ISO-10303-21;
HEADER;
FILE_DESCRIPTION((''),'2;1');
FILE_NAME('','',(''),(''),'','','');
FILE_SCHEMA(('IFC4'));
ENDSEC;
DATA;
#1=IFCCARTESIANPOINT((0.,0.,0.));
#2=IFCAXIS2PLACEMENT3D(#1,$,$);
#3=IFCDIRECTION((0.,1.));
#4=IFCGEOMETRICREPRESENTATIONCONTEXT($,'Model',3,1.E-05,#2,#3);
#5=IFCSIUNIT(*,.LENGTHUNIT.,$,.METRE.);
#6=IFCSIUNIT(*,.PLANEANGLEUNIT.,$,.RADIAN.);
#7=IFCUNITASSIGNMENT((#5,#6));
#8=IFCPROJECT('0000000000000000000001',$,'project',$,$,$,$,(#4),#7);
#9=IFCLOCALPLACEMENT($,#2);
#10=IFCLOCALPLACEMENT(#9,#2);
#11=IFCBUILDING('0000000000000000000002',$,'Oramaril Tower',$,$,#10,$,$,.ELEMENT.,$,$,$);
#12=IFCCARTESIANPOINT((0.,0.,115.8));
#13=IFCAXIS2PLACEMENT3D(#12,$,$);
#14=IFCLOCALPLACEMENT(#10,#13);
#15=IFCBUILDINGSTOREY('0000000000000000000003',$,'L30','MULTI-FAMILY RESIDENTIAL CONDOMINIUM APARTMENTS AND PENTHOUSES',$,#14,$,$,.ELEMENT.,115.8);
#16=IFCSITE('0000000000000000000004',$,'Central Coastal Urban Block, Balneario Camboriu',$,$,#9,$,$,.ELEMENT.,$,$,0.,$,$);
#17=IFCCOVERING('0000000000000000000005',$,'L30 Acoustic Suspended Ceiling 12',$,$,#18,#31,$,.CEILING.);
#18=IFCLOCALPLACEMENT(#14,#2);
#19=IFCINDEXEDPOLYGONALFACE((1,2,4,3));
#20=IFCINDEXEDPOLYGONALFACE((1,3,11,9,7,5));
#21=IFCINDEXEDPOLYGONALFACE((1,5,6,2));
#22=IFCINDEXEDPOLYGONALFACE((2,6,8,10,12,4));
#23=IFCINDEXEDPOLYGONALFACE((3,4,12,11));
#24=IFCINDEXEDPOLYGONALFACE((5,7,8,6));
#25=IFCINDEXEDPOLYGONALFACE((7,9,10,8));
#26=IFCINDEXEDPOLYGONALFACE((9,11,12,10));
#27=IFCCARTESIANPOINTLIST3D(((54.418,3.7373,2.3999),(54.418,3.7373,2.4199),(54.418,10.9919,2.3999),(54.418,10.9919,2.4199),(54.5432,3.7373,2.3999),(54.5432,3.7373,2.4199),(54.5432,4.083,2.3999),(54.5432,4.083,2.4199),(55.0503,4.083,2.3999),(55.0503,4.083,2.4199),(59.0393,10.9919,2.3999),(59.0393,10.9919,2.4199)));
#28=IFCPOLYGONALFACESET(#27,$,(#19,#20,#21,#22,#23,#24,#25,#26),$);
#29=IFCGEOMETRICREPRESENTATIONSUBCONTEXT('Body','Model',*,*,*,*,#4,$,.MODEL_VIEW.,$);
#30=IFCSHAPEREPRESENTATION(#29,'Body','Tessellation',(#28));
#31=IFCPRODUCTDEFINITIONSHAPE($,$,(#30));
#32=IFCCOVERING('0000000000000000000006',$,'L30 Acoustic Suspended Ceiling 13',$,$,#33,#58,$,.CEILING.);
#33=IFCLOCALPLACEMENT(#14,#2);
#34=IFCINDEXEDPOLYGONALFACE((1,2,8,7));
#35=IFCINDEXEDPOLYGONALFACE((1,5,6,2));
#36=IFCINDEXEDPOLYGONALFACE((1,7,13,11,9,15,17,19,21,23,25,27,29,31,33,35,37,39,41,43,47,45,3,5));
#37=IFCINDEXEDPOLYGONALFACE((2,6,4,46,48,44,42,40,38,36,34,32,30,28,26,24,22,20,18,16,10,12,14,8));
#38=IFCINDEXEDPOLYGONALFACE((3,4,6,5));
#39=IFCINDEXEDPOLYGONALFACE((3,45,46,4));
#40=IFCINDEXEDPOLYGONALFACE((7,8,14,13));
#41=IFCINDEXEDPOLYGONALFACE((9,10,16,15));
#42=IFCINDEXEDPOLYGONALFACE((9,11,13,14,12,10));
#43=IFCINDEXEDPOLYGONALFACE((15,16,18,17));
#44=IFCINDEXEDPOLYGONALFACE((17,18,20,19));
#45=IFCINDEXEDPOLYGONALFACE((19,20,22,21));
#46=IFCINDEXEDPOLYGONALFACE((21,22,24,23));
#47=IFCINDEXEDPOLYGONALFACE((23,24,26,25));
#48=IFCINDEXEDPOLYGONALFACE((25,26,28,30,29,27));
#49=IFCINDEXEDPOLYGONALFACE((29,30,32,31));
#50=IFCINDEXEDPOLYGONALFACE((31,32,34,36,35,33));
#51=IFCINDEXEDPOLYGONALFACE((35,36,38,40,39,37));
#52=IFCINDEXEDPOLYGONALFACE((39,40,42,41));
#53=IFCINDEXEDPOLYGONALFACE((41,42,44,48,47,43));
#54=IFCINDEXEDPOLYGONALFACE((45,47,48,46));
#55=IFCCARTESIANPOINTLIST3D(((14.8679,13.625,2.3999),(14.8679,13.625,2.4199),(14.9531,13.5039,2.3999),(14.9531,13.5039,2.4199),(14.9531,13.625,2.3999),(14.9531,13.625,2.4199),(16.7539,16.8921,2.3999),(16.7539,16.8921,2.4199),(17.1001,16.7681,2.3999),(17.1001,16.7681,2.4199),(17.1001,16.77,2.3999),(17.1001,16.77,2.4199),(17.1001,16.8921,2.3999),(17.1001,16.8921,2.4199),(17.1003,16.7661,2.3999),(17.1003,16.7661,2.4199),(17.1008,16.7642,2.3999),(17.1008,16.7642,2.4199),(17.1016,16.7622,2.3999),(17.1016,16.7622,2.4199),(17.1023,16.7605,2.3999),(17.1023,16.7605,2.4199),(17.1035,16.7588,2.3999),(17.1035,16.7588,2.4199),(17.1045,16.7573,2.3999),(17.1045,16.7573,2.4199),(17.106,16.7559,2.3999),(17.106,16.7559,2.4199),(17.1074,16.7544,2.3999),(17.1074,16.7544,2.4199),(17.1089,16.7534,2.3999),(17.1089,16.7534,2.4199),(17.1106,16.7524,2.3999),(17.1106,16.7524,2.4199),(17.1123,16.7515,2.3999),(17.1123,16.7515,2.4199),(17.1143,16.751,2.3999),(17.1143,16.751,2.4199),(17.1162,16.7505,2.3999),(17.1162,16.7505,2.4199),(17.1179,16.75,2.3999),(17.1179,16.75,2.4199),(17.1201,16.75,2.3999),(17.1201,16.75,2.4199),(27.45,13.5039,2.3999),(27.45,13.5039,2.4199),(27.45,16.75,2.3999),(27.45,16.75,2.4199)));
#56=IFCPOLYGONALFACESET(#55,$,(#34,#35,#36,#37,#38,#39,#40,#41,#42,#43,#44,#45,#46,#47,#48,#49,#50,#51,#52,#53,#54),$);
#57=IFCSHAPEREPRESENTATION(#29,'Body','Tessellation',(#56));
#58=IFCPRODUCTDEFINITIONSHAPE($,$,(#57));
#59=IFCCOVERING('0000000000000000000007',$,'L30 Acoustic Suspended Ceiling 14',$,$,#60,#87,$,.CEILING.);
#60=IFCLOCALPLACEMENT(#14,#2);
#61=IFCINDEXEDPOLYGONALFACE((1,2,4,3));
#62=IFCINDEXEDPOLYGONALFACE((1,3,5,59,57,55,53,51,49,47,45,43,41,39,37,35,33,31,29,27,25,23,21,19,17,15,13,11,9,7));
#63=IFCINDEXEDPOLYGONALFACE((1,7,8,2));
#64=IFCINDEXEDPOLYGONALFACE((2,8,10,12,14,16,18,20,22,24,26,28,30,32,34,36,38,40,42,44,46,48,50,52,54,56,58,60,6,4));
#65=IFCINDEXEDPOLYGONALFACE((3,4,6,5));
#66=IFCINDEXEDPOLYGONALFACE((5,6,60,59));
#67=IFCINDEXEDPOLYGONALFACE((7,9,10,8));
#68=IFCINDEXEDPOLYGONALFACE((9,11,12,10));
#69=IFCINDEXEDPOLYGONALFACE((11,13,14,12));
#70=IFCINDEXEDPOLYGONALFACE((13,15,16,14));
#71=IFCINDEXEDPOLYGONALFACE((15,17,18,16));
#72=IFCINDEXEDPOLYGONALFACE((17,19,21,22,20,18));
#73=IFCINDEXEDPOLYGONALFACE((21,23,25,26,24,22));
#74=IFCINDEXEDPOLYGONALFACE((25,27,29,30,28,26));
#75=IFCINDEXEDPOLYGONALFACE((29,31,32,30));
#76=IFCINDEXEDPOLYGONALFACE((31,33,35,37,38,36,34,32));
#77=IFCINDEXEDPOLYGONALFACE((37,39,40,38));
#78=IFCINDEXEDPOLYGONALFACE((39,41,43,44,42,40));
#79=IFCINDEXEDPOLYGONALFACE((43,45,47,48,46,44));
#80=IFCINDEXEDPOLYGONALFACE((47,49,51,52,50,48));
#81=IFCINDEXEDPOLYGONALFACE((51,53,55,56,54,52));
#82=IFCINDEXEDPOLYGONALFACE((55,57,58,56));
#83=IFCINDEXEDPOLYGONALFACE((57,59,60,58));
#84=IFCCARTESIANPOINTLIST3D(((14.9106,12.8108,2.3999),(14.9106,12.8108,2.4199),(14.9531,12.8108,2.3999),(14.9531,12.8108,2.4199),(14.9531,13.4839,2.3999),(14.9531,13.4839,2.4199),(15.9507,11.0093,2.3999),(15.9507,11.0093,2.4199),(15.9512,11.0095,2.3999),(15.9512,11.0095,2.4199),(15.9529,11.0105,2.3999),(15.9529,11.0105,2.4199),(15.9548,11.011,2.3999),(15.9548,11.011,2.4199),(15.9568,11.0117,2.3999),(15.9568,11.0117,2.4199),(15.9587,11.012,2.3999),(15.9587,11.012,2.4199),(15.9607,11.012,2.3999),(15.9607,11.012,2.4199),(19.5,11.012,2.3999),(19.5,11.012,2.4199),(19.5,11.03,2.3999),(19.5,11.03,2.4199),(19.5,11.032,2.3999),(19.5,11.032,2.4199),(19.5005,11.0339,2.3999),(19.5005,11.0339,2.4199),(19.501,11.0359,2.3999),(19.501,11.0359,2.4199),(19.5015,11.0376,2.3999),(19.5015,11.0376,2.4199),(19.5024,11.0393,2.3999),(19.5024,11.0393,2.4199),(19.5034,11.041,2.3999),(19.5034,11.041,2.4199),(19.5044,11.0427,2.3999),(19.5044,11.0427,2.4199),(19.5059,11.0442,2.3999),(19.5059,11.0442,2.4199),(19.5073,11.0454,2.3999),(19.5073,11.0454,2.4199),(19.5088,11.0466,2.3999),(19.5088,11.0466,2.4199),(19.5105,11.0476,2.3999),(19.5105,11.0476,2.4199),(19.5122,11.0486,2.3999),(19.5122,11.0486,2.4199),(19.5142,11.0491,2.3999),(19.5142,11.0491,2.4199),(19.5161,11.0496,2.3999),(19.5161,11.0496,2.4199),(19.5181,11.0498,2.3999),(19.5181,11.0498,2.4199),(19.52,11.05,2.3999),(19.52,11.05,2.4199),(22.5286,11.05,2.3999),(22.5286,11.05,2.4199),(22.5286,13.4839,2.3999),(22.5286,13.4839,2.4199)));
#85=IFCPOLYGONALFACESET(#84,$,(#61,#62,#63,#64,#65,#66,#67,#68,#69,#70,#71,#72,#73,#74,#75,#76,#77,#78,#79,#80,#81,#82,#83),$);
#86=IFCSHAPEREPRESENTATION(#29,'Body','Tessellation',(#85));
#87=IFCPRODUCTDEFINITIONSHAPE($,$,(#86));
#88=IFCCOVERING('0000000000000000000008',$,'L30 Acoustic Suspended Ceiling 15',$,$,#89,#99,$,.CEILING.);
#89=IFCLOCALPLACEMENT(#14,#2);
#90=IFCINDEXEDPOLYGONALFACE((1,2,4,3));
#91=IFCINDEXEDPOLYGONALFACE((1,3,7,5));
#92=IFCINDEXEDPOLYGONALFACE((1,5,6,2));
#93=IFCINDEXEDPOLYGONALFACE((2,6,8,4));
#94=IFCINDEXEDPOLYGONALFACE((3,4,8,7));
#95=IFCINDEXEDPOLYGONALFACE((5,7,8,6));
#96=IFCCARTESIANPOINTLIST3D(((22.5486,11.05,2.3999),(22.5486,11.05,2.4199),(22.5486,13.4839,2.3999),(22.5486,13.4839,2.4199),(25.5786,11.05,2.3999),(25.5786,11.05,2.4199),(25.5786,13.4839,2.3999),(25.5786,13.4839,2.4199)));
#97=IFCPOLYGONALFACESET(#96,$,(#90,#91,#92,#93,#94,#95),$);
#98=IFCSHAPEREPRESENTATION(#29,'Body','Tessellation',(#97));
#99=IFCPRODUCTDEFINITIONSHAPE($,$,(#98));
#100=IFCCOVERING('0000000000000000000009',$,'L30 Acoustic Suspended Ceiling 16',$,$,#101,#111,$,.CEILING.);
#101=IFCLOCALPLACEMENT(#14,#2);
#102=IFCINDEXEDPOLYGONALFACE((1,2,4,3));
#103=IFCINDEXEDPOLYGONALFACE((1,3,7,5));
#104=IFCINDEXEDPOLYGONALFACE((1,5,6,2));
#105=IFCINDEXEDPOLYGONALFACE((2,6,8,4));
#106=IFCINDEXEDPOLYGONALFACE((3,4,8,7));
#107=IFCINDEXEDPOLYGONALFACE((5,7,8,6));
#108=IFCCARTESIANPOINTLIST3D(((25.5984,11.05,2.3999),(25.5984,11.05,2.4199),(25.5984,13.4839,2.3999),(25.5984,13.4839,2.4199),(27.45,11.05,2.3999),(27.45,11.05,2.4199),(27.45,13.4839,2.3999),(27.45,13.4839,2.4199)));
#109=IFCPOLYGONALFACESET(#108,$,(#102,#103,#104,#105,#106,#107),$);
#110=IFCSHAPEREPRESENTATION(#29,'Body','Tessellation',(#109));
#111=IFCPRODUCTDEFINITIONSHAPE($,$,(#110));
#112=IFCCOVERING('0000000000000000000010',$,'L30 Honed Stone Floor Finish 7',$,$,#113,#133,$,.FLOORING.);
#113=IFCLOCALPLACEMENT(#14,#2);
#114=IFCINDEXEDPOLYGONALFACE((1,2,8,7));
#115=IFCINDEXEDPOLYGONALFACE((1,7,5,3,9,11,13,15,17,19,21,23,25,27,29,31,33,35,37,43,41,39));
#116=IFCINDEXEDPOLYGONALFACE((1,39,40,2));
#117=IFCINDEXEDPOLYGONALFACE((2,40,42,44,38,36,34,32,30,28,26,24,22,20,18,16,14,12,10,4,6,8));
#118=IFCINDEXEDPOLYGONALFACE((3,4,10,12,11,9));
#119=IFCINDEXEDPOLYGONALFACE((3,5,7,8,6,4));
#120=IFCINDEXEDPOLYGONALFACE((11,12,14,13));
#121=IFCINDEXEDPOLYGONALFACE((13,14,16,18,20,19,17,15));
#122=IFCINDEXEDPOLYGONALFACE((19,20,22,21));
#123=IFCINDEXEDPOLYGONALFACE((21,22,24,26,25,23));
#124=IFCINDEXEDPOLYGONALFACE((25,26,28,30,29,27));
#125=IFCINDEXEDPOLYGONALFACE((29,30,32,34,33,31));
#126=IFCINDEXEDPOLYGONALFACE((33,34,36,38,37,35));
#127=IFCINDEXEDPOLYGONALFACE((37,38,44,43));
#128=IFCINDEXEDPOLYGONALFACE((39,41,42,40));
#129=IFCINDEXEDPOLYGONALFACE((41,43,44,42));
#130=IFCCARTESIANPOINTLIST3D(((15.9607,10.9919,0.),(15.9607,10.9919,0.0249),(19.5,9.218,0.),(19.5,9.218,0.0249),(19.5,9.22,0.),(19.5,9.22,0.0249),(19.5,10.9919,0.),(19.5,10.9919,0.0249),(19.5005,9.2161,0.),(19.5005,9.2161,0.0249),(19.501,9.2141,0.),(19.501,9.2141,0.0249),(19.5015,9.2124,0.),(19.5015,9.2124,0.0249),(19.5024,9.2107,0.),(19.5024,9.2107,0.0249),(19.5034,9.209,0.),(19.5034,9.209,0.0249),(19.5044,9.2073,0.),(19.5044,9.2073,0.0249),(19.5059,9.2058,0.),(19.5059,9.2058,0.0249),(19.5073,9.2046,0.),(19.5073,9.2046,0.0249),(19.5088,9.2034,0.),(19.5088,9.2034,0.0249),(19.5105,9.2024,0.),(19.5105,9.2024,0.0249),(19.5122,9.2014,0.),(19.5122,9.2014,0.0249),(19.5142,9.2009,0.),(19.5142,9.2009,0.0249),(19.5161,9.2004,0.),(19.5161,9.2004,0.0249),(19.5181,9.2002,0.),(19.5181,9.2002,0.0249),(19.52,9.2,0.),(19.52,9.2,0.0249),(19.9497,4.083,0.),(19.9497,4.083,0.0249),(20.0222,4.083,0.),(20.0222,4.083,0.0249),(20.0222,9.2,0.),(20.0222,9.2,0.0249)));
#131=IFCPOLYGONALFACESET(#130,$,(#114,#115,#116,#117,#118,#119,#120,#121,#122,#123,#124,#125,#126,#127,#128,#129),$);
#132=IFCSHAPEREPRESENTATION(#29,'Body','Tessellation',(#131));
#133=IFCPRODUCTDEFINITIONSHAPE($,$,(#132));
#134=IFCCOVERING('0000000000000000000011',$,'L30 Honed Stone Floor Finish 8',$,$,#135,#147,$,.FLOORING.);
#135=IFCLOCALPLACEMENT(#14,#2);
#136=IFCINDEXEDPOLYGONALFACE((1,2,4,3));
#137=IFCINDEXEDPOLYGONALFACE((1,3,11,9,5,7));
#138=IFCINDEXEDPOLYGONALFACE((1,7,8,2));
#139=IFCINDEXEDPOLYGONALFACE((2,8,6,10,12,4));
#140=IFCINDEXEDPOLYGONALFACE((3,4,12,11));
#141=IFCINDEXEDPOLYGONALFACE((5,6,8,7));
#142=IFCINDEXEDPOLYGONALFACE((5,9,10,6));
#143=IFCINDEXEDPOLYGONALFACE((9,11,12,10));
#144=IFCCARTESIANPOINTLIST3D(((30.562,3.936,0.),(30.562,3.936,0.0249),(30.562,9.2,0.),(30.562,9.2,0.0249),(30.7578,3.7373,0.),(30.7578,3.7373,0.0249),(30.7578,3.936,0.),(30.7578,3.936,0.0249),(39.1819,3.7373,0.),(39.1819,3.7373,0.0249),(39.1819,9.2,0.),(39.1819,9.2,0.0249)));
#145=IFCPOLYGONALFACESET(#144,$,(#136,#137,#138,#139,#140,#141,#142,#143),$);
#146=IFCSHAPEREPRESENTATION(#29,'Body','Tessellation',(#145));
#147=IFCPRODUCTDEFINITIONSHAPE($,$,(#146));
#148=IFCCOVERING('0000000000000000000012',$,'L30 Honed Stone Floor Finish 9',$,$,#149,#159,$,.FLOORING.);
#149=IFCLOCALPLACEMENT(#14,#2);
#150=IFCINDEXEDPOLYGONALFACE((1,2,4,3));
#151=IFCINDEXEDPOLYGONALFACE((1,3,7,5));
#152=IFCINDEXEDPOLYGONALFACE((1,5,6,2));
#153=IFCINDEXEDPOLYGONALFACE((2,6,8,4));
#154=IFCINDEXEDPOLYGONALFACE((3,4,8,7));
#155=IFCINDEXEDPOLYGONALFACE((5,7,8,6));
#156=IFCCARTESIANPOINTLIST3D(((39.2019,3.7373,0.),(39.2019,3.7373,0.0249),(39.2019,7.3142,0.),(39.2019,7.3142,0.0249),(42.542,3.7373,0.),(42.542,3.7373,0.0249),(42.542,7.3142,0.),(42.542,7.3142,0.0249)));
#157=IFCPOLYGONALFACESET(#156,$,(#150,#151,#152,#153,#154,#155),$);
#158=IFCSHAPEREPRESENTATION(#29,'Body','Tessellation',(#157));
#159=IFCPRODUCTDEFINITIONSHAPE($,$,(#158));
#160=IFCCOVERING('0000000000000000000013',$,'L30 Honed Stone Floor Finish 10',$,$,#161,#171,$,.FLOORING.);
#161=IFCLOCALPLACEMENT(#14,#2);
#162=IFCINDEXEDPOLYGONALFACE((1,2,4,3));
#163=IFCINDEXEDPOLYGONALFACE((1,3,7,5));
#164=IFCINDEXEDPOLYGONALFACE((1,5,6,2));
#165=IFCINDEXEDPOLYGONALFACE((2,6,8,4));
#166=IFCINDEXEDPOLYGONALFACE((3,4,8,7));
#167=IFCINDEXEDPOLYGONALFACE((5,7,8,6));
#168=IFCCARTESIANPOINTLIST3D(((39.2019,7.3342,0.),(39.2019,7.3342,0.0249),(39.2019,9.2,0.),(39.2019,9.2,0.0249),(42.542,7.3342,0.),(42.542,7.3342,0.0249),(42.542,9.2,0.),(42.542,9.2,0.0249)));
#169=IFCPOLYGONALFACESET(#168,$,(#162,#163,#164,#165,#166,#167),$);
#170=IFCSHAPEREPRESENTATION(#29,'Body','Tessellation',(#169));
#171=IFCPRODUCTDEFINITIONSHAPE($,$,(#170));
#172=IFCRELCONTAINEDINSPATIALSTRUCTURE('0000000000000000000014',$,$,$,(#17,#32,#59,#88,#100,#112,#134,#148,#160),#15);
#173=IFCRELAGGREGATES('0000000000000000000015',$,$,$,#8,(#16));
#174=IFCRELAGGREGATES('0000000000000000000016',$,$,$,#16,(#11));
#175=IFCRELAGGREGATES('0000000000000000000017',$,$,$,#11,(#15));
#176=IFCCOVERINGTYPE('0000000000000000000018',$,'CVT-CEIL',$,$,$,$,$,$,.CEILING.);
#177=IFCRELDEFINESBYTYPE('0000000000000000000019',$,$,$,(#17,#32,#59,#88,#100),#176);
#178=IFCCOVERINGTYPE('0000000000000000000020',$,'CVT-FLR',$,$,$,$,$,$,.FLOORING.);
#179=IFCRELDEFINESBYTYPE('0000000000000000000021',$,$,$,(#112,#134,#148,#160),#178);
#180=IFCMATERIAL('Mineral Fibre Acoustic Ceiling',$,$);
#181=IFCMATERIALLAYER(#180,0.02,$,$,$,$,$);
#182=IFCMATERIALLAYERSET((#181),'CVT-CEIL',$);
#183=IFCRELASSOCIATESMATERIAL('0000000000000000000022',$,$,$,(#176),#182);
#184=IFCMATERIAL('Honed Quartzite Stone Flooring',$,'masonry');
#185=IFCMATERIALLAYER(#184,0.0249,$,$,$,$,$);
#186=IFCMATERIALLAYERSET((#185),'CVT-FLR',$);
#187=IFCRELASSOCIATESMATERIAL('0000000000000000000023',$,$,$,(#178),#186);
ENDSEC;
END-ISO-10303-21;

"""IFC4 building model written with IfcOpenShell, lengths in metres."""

from ifc_helpers import new_model, si_unit, direction, frame, origin, place, context, subcontext, project, spatial, polyline, outline, extrude, material, layer, layer_set, type_object, element, save


model = new_model("IFC4")

# Units and contexts
model_context = context("Model", 3, precision=1e-05, world=origin(), true_north=direction((0.0, 1.0)))
body_context = subcontext(model_context, "Body", "Model", "MODEL_VIEW")
ifc_project = project(units=[si_unit("LENGTHUNIT", "METRE"), si_unit("PLANEANGLEUNIT", "RADIAN")], contexts=[model_context])

# Site, building, storey
site_placement = place(None, origin())
site = spatial("IfcSite", under=ifc_project, at=site_placement, Name="Central Coastal Urban Block, Balneario Camboriu", CompositionType="ELEMENT", RefElevation=0.0)
building_placement = place(site_placement, origin())
building = spatial("IfcBuilding", under=site, at=building_placement, Name="Oramaril Tower", CompositionType="ELEMENT")
storey_placement = place(building_placement, frame((0.0, 0.0, 115.8)))
storey = spatial("IfcBuildingStorey", under=building, at=storey_placement, Name="L30", Description="MULTI-FAMILY RESIDENTIAL CONDOMINIUM APARTMENTS AND PENTHOUSES", CompositionType="ELEMENT", Elevation=115.8)

# Coverings
ifc_material_1 = material(Name="Mineral Fibre Acoustic Ceiling")
ifc_layer_1 = layer(ifc_material_1, 0.02)
ifc_layer_set_1 = layer_set([ifc_layer_1], Name="CVT-CEIL")
covering_type_1 = type_object("IfcCoveringType", Name="CVT-CEIL", PredefinedType="CEILING", material=ifc_layer_set_1)
covering_1_placement = place(storey_placement, frame((0.0, 0.0, 2.3999)))
element("IfcCovering", 1, at=covering_1_placement, inside=storey, type_object=covering_type_1, Name="L30 Acoustic Suspended Ceiling 12", PredefinedType="CEILING", context=body_context, shape_type="SweptSolid", body=[
    extrude(outline(polyline([(54.5432, 4.083), (54.5432, 3.7373), (54.418, 3.7373), (54.418, 10.9919), (59.0393, 10.9919), (55.0503, 4.083), (54.5432, 4.083)])), origin(), (0.0, 0.0, 1.0), 0.02),
])
covering_2_placement = place(storey_placement, frame((0.0, 0.0, 2.3999)))
element("IfcCovering", 2, at=covering_2_placement, inside=storey, type_object=covering_type_1, Name="L30 Acoustic Suspended Ceiling 13", PredefinedType="CEILING", context=body_context, shape_type="SweptSolid", body=[
    extrude(outline(polyline([(14.9531, 13.5039), (14.9531, 13.625), (14.8679, 13.625), (16.7539, 16.8921), (17.1001, 16.8921), (17.1001, 16.77), (17.1001, 16.7681), (17.1003, 16.7661), (17.1008, 16.7642), (17.1016, 16.7622), (17.1023, 16.7605), (17.1035, 16.7588), (17.1045, 16.7573), (17.106, 16.7559), (17.1074, 16.7544), (17.1089, 16.7534), (17.1106, 16.7524), (17.1123, 16.7515), (17.1143, 16.751), (17.1162, 16.7505), (17.1179, 16.75), (17.1201, 16.75), (27.45, 16.75), (27.45, 13.5039), (14.9531, 13.5039)])), origin(), (0.0, 0.0, 1.0), 0.02),
])
covering_3_placement = place(storey_placement, frame((0.0, 0.0, 2.3999)))
element("IfcCovering", 3, at=covering_3_placement, inside=storey, type_object=covering_type_1, Name="L30 Acoustic Suspended Ceiling 14", PredefinedType="CEILING", context=body_context, shape_type="SweptSolid", body=[
    extrude(outline(polyline([(14.9106, 12.8108), (14.9531, 12.8108), (14.9531, 13.4839), (22.5286, 13.4839), (22.5286, 11.05), (19.52, 11.05), (19.5181, 11.0498), (19.5161, 11.0496), (19.5142, 11.0491), (19.5122, 11.0486), (19.5105, 11.0476), (19.5088, 11.0466), (19.5073, 11.0454), (19.5059, 11.0442), (19.5044, 11.0427), (19.5034, 11.041), (19.5024, 11.0393), (19.5015, 11.0376), (19.501, 11.0359), (19.5005, 11.0339), (19.5, 11.032), (19.5, 11.03), (19.5, 11.012), (15.9607, 11.012), (15.9587, 11.012), (15.9568, 11.0117), (15.9548, 11.011), (15.9529, 11.0105), (15.9512, 11.0095), (15.9507, 11.0093), (14.9106, 12.8108)])), origin(), (0.0, 0.0, 1.0), 0.02),
])
covering_4_placement = place(storey_placement, frame((0.0, 0.0, 2.3999)))
element("IfcCovering", 4, at=covering_4_placement, inside=storey, type_object=covering_type_1, Name="L30 Acoustic Suspended Ceiling 15", PredefinedType="CEILING", context=body_context, shape_type="SweptSolid", body=[
    extrude(outline(polyline([(25.5786, 11.05), (22.5486, 11.05), (22.5486, 13.4839), (25.5786, 13.4839), (25.5786, 11.05)])), origin(), (0.0, 0.0, 1.0), 0.02),
])
covering_5_placement = place(storey_placement, frame((0.0, 0.0, 2.3999)))
element("IfcCovering", 5, at=covering_5_placement, inside=storey, type_object=covering_type_1, Name="L30 Acoustic Suspended Ceiling 16", PredefinedType="CEILING", context=body_context, shape_type="SweptSolid", body=[
    extrude(outline(polyline([(25.5984, 13.4839), (27.45, 13.4839), (27.45, 11.05), (25.5984, 11.05), (25.5984, 13.4839)])), origin(), (0.0, 0.0, 1.0), 0.02),
])
ifc_material_2 = material(Name="Honed Quartzite Stone Flooring", Category="masonry")
ifc_layer_2 = layer(ifc_material_2, 0.0249)
ifc_layer_set_2 = layer_set([ifc_layer_2], Name="CVT-FLR")
covering_type_2 = type_object("IfcCoveringType", Name="CVT-FLR", PredefinedType="FLOORING", material=ifc_layer_set_2)
covering_6_placement = place(storey_placement, origin())
element("IfcCovering", 6, at=covering_6_placement, inside=storey, type_object=covering_type_2, Name="L30 Honed Stone Floor Finish 7", PredefinedType="FLOORING", context=body_context, shape_type="SweptSolid", body=[
    extrude(outline(polyline([(19.9497, 4.083), (15.9607, 10.9919), (19.5, 10.9919), (19.5, 9.22), (19.5, 9.218), (19.5005, 9.2161), (19.501, 9.2141), (19.5015, 9.2124), (19.5024, 9.2107), (19.5034, 9.209), (19.5044, 9.2073), (19.5059, 9.2058), (19.5073, 9.2046), (19.5088, 9.2034), (19.5105, 9.2024), (19.5122, 9.2014), (19.5142, 9.2009), (19.5161, 9.2004), (19.5181, 9.2002), (19.52, 9.2), (20.0222, 9.2), (20.0222, 4.083), (19.9497, 4.083)])), origin(), (0.0, 0.0, 1.0), 0.0249),
])
covering_7_placement = place(storey_placement, origin())
element("IfcCovering", 7, at=covering_7_placement, inside=storey, type_object=covering_type_2, Name="L30 Honed Stone Floor Finish 8", PredefinedType="FLOORING", context=body_context, shape_type="SweptSolid", body=[
    extrude(outline(polyline([(39.1819, 3.7373), (30.7578, 3.7373), (30.7578, 3.936), (30.562, 3.936), (30.562, 9.2), (39.1819, 9.2), (39.1819, 3.7373)])), origin(), (0.0, 0.0, 1.0), 0.0249),
])
covering_8_placement = place(storey_placement, origin())
element("IfcCovering", 8, at=covering_8_placement, inside=storey, type_object=covering_type_2, Name="L30 Honed Stone Floor Finish 9", PredefinedType="FLOORING", context=body_context, shape_type="SweptSolid", body=[
    extrude(outline(polyline([(42.542, 7.3142), (42.542, 3.7373), (39.2019, 3.7373), (39.2019, 7.3142), (42.542, 7.3142)])), origin(), (0.0, 0.0, 1.0), 0.0249),
])
covering_9_placement = place(storey_placement, origin())
element("IfcCovering", 9, at=covering_9_placement, inside=storey, type_object=covering_type_2, Name="L30 Honed Stone Floor Finish 10", PredefinedType="FLOORING", context=body_context, shape_type="SweptSolid", body=[
    extrude(outline(polyline([(42.542, 7.3342), (39.2019, 7.3342), (39.2019, 9.2), (42.542, 9.2), (42.542, 7.3342)])), origin(), (0.0, 0.0, 1.0), 0.0249),
])

save(model, "model.ifc")
